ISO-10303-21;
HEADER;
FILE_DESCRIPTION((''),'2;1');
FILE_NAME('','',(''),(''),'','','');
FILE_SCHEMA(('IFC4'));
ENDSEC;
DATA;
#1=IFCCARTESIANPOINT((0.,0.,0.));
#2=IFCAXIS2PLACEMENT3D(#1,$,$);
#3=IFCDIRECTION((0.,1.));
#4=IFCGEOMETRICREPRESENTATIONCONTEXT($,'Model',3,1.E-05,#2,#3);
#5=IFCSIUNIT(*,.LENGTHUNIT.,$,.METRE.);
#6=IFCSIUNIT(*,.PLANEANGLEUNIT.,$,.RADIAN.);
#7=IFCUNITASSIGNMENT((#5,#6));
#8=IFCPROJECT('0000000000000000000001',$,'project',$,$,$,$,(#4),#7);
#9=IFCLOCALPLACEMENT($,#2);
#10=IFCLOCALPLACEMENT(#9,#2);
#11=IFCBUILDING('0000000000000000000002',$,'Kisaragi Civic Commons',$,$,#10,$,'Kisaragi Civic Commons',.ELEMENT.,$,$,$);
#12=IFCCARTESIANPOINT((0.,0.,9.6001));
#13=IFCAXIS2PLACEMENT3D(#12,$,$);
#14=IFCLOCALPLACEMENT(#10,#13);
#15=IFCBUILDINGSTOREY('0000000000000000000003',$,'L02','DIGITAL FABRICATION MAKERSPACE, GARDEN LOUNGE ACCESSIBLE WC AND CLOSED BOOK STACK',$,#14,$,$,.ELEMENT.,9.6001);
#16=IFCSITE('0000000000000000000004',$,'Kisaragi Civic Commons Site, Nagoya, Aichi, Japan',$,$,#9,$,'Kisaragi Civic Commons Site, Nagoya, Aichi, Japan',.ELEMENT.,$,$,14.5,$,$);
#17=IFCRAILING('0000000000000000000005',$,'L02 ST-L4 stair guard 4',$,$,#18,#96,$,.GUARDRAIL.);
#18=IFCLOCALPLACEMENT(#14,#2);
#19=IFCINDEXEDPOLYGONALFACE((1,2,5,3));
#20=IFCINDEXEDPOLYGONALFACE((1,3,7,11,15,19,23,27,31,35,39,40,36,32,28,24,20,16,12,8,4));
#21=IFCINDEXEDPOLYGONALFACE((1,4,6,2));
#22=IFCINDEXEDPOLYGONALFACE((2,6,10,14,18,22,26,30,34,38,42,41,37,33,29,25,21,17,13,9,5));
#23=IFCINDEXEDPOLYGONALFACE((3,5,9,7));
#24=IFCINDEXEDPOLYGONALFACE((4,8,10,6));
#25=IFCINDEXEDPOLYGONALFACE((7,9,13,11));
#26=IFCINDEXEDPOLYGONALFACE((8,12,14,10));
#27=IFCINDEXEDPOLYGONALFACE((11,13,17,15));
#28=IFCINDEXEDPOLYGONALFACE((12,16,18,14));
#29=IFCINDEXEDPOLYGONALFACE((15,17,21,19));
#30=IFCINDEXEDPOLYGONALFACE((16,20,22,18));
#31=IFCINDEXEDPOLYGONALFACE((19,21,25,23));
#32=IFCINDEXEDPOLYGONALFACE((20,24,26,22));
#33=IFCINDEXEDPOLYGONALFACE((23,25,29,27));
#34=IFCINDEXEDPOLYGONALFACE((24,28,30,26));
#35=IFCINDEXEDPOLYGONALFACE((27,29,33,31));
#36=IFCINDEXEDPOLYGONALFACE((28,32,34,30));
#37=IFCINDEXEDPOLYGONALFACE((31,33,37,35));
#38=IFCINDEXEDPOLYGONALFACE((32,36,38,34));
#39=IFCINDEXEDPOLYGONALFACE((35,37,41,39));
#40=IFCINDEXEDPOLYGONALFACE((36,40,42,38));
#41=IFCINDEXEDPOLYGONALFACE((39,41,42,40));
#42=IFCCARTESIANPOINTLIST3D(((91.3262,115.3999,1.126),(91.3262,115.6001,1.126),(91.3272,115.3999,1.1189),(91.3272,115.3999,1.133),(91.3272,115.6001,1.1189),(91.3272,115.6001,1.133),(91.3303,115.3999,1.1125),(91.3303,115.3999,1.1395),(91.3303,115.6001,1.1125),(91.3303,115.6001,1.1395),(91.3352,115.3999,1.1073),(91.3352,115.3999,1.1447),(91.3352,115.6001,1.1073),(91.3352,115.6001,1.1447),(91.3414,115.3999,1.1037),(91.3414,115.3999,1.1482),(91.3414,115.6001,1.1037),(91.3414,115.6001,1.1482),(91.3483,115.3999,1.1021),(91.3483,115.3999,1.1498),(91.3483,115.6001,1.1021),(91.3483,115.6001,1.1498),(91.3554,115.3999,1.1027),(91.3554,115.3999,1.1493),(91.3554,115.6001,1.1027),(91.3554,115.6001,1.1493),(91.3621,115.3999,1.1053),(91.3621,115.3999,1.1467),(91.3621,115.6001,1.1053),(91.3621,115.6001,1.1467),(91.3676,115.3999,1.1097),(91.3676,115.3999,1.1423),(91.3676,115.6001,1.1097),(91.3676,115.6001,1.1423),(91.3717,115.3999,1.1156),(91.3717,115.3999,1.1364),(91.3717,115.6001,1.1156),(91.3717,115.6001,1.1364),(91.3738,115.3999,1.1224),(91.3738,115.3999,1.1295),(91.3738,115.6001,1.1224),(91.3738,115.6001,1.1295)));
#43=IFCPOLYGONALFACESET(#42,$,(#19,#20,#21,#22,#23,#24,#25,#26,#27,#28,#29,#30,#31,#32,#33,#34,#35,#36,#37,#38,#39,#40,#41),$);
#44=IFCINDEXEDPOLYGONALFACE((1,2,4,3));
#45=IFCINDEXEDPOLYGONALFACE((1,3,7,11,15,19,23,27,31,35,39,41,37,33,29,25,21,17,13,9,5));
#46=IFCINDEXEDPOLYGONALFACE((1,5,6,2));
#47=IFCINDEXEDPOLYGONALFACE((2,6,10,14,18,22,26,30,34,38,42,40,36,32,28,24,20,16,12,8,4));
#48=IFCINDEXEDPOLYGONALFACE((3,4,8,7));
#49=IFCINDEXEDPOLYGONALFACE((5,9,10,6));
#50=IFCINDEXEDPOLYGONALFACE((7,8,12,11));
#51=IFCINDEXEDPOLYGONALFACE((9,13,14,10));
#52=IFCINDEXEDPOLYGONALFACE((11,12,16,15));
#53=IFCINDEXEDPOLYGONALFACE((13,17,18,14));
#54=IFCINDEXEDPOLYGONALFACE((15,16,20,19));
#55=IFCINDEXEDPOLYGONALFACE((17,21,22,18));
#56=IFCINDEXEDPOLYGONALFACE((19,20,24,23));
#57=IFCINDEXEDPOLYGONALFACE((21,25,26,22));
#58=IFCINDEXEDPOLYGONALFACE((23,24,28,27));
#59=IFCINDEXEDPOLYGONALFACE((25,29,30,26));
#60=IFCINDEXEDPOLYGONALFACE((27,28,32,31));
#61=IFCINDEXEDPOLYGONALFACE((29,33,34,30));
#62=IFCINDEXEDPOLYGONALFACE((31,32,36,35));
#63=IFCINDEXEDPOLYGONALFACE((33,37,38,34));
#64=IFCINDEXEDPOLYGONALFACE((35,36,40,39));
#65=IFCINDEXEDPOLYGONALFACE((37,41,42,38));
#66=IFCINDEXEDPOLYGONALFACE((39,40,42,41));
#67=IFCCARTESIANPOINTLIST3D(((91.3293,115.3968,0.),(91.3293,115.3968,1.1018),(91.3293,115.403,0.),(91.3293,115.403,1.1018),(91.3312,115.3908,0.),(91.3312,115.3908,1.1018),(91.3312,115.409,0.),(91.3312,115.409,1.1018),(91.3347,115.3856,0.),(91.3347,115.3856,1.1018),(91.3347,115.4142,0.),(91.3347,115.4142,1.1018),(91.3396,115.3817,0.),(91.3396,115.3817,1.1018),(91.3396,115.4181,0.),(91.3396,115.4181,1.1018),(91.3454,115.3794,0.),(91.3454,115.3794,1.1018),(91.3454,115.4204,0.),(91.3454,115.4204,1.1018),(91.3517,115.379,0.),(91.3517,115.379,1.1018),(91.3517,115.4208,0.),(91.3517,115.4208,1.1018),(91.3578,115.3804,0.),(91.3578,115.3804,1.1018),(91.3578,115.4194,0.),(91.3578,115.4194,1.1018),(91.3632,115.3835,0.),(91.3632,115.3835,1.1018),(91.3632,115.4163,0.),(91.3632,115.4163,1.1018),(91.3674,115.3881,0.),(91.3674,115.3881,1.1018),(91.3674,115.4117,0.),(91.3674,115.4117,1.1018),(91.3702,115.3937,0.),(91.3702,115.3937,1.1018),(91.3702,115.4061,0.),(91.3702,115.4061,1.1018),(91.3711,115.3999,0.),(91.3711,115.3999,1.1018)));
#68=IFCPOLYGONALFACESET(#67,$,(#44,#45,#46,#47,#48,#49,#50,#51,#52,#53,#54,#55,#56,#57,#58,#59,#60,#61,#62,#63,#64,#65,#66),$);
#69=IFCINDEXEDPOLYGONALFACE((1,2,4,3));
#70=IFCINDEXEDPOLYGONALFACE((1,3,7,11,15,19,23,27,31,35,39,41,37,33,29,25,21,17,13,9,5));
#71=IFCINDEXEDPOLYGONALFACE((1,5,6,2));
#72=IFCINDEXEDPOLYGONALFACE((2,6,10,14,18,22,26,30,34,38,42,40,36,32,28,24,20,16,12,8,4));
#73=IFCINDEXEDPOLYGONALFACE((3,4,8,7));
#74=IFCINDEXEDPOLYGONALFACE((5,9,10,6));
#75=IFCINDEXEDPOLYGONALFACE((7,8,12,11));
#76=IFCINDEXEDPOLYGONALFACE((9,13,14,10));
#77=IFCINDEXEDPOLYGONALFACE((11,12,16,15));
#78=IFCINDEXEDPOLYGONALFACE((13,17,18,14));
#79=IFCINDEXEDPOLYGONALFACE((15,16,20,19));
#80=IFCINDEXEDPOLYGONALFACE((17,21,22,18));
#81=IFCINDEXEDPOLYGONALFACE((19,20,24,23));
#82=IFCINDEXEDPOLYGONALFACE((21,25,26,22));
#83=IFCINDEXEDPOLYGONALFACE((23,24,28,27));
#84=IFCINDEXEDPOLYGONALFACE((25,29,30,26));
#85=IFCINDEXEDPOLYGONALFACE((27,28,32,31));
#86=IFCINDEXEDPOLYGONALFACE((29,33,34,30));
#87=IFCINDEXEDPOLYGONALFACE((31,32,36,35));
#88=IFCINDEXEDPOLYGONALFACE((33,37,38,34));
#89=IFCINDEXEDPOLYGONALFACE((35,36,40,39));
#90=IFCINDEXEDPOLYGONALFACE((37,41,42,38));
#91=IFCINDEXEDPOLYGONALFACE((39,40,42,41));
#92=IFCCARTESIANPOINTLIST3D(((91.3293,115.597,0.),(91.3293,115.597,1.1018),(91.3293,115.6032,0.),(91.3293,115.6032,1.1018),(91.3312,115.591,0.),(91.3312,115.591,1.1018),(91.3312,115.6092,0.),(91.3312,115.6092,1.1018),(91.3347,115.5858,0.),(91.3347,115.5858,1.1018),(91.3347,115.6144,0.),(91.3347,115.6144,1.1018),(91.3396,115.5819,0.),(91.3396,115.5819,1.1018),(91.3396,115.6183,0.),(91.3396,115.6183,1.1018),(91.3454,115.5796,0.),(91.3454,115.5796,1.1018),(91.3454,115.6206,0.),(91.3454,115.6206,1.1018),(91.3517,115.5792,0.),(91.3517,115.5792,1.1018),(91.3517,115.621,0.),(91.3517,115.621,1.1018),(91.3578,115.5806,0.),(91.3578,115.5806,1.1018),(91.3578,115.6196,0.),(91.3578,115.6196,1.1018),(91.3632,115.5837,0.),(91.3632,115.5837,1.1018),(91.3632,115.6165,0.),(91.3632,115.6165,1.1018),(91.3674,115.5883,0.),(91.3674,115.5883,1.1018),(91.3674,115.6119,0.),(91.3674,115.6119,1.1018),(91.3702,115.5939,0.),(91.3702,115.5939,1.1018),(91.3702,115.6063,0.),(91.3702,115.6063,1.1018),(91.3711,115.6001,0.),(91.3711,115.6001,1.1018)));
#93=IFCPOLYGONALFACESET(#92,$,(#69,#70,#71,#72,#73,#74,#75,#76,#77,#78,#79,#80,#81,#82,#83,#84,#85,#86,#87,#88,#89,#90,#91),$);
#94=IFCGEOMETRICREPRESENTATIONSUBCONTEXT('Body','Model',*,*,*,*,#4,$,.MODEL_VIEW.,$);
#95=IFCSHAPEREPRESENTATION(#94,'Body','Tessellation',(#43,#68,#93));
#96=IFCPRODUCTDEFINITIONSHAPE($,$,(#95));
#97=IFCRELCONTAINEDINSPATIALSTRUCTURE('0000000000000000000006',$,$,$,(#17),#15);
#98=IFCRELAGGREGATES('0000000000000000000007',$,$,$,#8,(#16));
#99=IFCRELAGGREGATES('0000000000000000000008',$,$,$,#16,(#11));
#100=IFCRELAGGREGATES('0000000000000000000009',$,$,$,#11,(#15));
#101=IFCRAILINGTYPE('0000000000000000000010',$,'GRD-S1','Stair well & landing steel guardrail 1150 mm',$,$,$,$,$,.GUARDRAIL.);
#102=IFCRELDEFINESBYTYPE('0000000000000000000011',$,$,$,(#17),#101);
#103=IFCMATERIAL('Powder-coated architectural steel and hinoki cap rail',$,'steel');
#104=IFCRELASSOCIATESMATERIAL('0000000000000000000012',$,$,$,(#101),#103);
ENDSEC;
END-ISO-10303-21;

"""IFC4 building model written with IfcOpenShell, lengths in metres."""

from ifc_helpers import new_model, si_unit, direction, frame, origin, origin_2d, place, context, subcontext, project, spatial, circle, extrude, material, type_object, element, save


model = new_model("IFC4")

# Units and contexts
model_context = context("Model", 3, precision=1e-05, world=origin(), true_north=direction((0.0, 1.0)))
body_context = subcontext(model_context, "Body", "Model", "MODEL_VIEW")
ifc_project = project(units=[si_unit("LENGTHUNIT", "METRE"), si_unit("PLANEANGLEUNIT", "RADIAN")], contexts=[model_context])

# Site, building, storey
site_placement = place(None, origin())
site = spatial("IfcSite", under=ifc_project, at=site_placement, Name="Kisaragi Civic Commons Site, Nagoya, Aichi, Japan", LongName="Kisaragi Civic Commons Site, Nagoya, Aichi, Japan", CompositionType="ELEMENT", RefElevation=14.5)
building_placement = place(site_placement, origin())
building = spatial("IfcBuilding", under=site, at=building_placement, Name="Kisaragi Civic Commons", LongName="Kisaragi Civic Commons", CompositionType="ELEMENT")
storey_placement = place(building_placement, frame((0.0, 0.0, 9.6001)))
storey = spatial("IfcBuildingStorey", under=building, at=storey_placement, Name="L02", Description="DIGITAL FABRICATION MAKERSPACE, GARDEN LOUNGE ACCESSIBLE WC AND CLOSED BOOK STACK", CompositionType="ELEMENT", Elevation=9.6001)

# Railing
ifc_material_1 = material(Name="Powder-coated architectural steel and hinoki cap rail", Category="steel")
railing_type_1 = type_object("IfcRailingType", Name="GRD-S1", Description="Stair well & landing steel guardrail 1150 mm", PredefinedType="GUARDRAIL", material=ifc_material_1)
railing_1_placement = place(storey_placement, frame((91.3501, 115.3999, 0.0)))
element("IfcRailing", 1, at=railing_1_placement, inside=storey, type_object=railing_type_1, Name="L02 ST-L4 stair guard 4", PredefinedType="GUARDRAIL", context=body_context, shape_type="SweptSolid", body=[
    extrude(circle(Radius=0.0239, at=origin_2d()), frame((0.0, 0.0, 1.126), z_axis=(0.0, 1.0, 0.0), x_axis=(-1.0, 0.0, 0.0)), (0.0, 0.0, 1.0), 0.2002),
    extrude(circle(Radius=0.021, at=origin_2d()), origin(), (0.0, 0.0, 1.0), 1.1018),
    extrude(circle(Radius=0.021, at=origin_2d()), frame((0.0, 0.2002, 0.0)), (0.0, 0.0, 1.0), 1.1018),
])

save(model, "model.ifc")
